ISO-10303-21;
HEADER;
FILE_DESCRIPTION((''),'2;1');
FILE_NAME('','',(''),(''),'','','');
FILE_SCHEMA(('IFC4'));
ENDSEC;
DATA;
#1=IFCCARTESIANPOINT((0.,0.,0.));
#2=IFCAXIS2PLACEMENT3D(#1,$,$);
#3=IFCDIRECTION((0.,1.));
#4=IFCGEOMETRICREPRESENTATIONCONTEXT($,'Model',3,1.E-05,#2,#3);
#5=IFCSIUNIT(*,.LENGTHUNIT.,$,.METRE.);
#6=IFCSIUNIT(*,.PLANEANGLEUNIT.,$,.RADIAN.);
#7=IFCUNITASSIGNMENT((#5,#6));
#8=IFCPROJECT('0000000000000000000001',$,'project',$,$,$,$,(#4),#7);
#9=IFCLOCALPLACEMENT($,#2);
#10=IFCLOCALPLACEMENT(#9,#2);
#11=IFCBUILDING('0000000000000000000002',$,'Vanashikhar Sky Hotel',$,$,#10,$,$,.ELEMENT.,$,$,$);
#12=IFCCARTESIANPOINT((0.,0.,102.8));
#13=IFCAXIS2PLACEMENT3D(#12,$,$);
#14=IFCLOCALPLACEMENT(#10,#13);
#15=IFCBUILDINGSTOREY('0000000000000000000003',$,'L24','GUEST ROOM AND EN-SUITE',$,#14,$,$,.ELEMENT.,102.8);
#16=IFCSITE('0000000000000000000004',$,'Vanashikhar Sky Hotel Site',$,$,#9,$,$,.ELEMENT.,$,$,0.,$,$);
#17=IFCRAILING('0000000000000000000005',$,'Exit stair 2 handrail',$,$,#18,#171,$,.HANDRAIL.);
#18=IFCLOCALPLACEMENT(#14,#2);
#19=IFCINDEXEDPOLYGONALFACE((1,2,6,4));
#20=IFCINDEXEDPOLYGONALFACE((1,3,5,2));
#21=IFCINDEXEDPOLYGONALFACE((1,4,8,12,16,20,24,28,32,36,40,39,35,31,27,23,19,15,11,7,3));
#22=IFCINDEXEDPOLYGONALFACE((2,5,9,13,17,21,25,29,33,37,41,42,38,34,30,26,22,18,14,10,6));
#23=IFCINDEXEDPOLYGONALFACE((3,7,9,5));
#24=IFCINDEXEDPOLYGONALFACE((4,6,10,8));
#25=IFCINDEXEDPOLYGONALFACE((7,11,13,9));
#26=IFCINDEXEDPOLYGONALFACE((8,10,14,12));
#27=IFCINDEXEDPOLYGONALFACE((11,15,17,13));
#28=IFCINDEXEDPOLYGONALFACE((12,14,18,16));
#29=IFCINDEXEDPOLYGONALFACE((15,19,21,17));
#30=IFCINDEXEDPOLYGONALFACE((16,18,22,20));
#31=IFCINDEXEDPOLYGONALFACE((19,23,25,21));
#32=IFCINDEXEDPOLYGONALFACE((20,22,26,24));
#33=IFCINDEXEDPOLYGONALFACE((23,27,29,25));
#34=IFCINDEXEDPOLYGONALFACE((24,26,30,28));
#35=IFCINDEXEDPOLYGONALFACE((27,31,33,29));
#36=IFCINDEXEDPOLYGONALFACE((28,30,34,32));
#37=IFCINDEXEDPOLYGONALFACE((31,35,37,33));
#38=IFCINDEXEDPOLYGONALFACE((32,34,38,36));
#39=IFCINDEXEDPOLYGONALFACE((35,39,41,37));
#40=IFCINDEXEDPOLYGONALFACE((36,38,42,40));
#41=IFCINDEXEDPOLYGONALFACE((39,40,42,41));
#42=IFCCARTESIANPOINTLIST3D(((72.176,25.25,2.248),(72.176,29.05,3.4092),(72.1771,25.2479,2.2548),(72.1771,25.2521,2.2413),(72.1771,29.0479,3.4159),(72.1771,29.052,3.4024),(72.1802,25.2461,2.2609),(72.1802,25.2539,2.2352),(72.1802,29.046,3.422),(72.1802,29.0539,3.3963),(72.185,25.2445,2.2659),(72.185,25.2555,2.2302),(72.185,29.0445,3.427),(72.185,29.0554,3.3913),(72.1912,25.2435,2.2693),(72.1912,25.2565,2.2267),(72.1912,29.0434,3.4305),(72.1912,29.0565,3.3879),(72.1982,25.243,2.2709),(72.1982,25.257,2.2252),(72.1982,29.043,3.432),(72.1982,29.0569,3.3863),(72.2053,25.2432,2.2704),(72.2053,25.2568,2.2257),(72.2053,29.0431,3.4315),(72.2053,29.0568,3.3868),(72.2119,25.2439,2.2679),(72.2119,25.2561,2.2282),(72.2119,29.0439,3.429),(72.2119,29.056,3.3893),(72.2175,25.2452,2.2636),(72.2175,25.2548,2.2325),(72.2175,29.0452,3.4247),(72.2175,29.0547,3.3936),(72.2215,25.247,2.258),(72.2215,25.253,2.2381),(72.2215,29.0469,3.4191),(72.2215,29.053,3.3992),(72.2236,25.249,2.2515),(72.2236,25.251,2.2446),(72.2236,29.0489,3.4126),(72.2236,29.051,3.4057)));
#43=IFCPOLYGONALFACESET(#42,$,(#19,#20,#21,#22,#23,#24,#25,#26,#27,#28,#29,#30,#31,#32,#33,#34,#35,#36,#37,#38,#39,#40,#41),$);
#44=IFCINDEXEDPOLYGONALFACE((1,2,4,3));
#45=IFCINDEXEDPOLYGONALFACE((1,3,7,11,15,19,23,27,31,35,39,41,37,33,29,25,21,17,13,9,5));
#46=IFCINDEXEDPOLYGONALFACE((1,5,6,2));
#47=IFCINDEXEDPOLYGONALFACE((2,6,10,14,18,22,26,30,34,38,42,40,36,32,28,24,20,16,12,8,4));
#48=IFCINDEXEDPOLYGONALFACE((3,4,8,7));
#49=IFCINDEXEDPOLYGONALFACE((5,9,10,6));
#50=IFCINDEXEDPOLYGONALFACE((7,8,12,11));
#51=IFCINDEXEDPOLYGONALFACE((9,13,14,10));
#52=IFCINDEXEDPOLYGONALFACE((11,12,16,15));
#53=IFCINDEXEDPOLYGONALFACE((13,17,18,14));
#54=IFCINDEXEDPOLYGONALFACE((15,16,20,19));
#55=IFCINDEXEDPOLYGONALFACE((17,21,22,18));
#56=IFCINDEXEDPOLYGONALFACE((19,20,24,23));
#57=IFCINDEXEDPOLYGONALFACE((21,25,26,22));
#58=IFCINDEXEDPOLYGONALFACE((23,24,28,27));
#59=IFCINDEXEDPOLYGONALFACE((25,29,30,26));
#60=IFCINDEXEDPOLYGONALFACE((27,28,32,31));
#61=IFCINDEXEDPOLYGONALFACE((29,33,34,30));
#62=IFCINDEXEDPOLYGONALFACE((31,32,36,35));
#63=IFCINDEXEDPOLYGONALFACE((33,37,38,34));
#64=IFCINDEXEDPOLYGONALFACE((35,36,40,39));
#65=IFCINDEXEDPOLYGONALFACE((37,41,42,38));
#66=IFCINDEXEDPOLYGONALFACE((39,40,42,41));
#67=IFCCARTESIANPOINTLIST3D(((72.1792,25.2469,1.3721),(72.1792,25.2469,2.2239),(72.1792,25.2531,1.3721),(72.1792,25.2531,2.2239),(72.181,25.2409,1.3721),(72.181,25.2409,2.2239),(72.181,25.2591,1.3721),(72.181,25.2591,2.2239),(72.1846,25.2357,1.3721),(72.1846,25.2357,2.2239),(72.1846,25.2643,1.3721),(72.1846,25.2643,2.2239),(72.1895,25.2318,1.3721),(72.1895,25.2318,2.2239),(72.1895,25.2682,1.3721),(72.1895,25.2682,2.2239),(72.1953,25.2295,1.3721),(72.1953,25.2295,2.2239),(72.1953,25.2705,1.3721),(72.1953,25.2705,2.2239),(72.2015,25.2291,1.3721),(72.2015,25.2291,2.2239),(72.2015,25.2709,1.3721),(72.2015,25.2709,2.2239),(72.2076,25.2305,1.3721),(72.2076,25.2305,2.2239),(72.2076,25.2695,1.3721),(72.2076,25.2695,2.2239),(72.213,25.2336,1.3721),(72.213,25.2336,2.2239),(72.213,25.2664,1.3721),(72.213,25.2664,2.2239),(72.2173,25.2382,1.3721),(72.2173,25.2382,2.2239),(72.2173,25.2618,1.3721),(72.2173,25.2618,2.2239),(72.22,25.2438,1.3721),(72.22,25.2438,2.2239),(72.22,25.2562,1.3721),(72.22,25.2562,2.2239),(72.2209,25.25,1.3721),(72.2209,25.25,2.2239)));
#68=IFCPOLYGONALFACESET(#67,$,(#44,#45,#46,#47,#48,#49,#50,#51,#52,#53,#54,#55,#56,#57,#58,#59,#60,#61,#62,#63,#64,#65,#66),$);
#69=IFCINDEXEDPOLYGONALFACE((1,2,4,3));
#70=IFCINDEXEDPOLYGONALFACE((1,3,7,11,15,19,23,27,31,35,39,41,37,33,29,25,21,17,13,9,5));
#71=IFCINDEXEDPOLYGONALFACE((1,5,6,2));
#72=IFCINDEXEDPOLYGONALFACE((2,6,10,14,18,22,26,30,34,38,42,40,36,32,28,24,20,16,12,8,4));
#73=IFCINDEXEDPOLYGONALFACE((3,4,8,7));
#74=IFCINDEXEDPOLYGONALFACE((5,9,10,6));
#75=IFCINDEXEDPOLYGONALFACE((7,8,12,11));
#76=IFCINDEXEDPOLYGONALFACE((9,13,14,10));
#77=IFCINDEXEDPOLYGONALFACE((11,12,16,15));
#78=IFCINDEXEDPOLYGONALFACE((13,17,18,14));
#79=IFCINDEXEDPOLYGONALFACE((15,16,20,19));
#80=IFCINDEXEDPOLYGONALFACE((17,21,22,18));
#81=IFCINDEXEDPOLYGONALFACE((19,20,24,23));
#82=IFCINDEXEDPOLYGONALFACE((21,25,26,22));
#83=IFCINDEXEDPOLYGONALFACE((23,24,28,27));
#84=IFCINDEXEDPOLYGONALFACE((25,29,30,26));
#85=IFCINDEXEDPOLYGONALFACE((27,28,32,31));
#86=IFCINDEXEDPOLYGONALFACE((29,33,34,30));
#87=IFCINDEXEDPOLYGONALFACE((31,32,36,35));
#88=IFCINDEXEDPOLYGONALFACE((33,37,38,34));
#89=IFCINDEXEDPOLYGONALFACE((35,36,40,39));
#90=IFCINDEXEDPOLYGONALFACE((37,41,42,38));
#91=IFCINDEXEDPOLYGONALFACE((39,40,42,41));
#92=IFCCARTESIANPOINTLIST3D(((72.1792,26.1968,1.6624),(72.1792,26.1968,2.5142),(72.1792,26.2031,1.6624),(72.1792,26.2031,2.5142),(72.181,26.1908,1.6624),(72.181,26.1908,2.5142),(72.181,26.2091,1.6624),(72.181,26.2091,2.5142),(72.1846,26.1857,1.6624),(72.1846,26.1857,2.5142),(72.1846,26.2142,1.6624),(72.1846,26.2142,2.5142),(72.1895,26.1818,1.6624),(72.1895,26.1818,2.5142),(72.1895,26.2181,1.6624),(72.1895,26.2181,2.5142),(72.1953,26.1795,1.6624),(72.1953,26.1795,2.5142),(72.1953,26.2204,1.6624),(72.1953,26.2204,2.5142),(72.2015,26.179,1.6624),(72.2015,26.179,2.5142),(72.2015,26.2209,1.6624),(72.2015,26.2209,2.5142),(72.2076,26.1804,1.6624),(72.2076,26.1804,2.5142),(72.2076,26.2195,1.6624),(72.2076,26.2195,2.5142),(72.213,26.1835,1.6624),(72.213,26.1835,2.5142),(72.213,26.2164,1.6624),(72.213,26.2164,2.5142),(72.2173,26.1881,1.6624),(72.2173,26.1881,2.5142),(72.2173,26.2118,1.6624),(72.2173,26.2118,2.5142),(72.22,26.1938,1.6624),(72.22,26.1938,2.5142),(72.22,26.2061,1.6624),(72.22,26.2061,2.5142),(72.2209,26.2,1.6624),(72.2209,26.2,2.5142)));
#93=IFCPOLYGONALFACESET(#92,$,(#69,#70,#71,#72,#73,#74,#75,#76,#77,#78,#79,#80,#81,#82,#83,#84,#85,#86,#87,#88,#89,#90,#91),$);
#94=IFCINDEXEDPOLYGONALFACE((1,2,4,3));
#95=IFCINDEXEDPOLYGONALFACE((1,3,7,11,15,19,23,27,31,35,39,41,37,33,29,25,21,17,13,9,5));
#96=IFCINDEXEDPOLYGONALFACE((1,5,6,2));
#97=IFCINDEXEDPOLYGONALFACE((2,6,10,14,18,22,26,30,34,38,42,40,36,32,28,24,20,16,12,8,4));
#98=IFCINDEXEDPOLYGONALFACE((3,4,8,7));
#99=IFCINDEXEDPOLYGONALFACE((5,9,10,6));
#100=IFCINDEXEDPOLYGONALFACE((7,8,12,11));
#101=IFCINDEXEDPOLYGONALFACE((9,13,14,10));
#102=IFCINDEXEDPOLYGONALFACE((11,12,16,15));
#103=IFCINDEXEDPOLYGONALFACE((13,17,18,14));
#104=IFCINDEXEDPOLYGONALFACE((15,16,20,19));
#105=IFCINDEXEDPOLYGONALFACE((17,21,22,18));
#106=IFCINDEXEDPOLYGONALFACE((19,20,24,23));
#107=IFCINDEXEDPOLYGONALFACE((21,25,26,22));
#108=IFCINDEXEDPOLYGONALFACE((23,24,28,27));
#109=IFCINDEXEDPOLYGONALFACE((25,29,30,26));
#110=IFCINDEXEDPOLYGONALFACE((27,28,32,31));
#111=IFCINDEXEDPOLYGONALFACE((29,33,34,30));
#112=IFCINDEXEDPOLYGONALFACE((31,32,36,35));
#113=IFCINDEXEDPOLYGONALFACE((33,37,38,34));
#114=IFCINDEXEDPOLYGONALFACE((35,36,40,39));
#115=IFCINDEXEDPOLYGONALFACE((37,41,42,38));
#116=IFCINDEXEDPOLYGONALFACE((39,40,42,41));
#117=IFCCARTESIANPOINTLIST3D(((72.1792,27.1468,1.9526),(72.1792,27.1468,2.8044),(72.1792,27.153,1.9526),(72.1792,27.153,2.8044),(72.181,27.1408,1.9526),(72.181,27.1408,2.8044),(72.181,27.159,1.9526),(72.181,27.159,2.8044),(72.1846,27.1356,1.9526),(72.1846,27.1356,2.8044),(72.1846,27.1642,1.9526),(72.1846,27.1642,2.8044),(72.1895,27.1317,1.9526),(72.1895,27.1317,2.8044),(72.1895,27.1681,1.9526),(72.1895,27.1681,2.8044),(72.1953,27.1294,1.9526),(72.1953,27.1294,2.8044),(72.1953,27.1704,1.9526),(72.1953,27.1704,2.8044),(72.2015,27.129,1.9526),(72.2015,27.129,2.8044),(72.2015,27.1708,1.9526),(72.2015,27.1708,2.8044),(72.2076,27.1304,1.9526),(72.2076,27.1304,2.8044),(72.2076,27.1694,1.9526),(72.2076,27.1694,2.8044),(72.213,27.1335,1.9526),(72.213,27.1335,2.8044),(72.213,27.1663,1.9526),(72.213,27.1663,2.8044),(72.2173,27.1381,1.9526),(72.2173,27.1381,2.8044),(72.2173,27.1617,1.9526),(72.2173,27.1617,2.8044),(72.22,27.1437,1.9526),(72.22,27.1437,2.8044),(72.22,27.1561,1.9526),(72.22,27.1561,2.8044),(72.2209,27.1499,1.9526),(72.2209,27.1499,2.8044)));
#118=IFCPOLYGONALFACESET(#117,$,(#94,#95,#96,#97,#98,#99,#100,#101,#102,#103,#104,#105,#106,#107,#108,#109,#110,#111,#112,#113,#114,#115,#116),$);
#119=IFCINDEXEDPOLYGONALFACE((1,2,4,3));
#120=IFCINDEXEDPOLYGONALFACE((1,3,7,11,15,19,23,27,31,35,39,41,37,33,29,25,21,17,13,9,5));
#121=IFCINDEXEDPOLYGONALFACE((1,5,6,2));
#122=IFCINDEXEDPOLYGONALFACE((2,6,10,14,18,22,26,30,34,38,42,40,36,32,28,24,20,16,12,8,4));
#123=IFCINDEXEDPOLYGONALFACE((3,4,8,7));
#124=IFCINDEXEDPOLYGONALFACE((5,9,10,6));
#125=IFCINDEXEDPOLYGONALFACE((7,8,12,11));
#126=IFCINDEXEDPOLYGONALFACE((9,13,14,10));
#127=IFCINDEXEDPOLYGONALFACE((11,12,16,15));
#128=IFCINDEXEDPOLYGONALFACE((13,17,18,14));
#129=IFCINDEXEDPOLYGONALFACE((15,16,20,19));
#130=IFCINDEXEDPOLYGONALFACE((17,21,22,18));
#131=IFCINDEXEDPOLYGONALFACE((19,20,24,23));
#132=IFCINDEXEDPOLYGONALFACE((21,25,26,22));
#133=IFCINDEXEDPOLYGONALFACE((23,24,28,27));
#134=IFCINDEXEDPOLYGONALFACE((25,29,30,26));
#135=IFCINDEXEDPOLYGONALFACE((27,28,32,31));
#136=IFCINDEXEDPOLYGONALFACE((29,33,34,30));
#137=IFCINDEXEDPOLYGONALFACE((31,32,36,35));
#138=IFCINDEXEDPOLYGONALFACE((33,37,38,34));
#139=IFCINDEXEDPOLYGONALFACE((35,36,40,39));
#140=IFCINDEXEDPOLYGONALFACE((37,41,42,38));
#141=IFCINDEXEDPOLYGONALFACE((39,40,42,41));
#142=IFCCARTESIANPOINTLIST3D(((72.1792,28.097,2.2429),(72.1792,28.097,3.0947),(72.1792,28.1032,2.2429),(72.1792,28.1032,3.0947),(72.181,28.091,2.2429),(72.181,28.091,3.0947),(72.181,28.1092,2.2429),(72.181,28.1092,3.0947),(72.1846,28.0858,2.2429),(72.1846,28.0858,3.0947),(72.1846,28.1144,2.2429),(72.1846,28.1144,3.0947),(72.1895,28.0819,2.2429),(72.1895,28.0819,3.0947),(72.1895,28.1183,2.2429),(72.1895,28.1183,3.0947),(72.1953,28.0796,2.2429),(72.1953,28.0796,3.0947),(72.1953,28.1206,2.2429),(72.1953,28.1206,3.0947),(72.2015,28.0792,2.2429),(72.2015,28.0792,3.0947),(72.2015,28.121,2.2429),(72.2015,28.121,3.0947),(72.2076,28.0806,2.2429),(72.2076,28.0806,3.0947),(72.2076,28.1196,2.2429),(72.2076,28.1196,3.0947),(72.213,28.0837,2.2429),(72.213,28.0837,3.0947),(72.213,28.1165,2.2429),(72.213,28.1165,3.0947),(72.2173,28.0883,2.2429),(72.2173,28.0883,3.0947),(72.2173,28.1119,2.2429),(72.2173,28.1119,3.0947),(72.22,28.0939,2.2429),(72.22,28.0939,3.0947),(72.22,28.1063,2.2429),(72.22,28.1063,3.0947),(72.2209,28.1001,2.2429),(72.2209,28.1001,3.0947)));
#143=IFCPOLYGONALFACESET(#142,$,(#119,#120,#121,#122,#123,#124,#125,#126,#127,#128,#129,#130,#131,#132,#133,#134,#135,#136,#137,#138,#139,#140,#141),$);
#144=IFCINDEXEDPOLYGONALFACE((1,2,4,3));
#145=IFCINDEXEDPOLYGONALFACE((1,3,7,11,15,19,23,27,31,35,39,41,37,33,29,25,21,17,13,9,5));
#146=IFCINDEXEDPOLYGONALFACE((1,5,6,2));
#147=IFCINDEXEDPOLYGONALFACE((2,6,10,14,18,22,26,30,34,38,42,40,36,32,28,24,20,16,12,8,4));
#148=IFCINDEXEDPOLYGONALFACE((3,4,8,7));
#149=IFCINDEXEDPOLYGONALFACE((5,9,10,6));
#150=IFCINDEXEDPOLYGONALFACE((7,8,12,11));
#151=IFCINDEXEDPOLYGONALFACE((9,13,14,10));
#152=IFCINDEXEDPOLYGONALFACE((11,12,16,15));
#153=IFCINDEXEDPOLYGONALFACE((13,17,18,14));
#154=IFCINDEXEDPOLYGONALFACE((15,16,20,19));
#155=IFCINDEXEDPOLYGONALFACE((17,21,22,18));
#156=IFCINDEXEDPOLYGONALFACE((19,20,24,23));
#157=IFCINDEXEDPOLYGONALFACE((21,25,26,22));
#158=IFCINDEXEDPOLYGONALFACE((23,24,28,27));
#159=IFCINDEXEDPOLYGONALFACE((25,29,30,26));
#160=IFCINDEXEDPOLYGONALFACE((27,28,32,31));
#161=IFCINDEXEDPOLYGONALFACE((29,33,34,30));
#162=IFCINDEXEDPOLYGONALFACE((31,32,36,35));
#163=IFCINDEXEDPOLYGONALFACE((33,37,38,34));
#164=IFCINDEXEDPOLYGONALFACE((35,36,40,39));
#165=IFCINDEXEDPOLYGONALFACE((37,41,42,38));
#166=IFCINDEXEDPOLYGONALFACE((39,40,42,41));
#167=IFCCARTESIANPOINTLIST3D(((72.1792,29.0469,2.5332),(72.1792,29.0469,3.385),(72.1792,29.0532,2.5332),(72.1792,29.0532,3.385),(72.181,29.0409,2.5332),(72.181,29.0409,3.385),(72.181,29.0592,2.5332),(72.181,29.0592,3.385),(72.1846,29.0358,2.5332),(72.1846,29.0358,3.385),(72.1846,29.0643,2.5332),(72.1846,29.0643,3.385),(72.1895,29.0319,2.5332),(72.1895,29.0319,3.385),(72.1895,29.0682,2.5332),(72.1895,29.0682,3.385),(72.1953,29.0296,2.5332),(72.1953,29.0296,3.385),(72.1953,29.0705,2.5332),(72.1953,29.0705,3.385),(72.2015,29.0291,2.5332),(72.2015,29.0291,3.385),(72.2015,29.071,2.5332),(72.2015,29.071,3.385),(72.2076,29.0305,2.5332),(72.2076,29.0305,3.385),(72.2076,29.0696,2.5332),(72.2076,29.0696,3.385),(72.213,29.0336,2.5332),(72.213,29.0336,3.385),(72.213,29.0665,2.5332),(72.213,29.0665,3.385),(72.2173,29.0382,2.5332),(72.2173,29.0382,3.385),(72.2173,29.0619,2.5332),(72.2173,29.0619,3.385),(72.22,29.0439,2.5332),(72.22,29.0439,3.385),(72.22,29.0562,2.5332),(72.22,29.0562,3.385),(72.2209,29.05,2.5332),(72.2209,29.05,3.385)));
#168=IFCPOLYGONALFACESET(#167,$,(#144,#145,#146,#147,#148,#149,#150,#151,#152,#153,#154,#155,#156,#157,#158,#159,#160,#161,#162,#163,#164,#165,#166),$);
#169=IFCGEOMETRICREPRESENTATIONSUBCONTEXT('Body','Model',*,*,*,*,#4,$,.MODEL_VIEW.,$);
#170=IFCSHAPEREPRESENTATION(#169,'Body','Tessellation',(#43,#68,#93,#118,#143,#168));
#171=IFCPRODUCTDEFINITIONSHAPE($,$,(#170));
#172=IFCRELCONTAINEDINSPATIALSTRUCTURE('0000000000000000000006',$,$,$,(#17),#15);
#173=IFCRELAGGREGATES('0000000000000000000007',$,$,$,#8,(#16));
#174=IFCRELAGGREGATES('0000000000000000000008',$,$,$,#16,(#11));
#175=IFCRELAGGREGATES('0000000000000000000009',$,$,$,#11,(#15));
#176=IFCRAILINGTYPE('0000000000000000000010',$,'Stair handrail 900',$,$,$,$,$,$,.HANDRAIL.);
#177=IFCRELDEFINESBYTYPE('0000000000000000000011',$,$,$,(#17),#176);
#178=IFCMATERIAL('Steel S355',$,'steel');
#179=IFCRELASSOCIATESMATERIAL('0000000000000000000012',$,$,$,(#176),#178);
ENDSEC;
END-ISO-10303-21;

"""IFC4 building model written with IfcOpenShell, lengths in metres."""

from ifc_helpers import new_model, si_unit, direction, frame, origin, origin_2d, place, context, subcontext, project, spatial, circle, extrude, source, transform, mapped, material, type_object, element, save


model = new_model("IFC4")

# Units and contexts
model_context = context("Model", 3, precision=1e-05, world=origin(), true_north=direction((0.0, 1.0)))
body_context = subcontext(model_context, "Body", "Model", "MODEL_VIEW")
ifc_project = project(units=[si_unit("LENGTHUNIT", "METRE"), si_unit("PLANEANGLEUNIT", "RADIAN")], contexts=[model_context])

# Site, building, storey
site_placement = place(None, origin())
site = spatial("IfcSite", under=ifc_project, at=site_placement, Name="Vanashikhar Sky Hotel Site", CompositionType="ELEMENT", RefElevation=0.0)
building_placement = place(site_placement, origin())
building = spatial("IfcBuilding", under=site, at=building_placement, Name="Vanashikhar Sky Hotel", CompositionType="ELEMENT")
storey_placement = place(building_placement, frame((0.0, 0.0, 102.8)))
storey = spatial("IfcBuildingStorey", under=building, at=storey_placement, Name="L24", Description="GUEST ROOM AND EN-SUITE", CompositionType="ELEMENT", Elevation=102.8)

# Railing
ifc_material_1 = material(Name="Steel S355", Category="steel")
railing_type_1 = type_object("IfcRailingType", Name="Stair handrail 900", PredefinedType="HANDRAIL", material=ifc_material_1)
shared_shape_1 = source(origin(), body_context, "Body", "SweptSolid", [
    extrude(circle(Radius=0.0239, at=origin_2d()), frame((0.0, 0.0, 0.876), z_axis=(0.0, 0.956351, 0.29222), x_axis=(-1.0, 0.0, 0.0)), (0.0, 0.0, 1.0), 3.9734),
    extrude(circle(Radius=0.021, at=origin_2d()), origin(), (0.0, 0.0, 1.0), 0.8518),
    extrude(circle(Radius=0.021, at=origin_2d()), frame((0.0, 0.95, 0.2903)), (0.0, 0.0, 1.0), 0.8518),
    extrude(circle(Radius=0.021, at=origin_2d()), frame((0.0, 1.8999, 0.5806)), (0.0, 0.0, 1.0), 0.8518),
    extrude(circle(Radius=0.021, at=origin_2d()), frame((0.0, 2.8501, 0.8708)), (0.0, 0.0, 1.0), 0.8518),
    extrude(circle(Radius=0.021, at=origin_2d()), frame((0.0, 3.8, 1.1611)), (0.0, 0.0, 1.0), 0.8518),
])
for number, where, name in (
    (1, (72.2, 25.25, 1.3721), "Exit stair 2 handrail"),
):
    element("IfcRailing", number, at=place(storey_placement, frame(where)), inside=storey, type_object=railing_type_1, Name=name, PredefinedType="HANDRAIL", context=body_context, shape_type="MappedRepresentation", body=[
        mapped(shared_shape_1, transform((0.0, 0.0, 0.0), scale=1.0)),
    ])

save(model, "model.ifc")
